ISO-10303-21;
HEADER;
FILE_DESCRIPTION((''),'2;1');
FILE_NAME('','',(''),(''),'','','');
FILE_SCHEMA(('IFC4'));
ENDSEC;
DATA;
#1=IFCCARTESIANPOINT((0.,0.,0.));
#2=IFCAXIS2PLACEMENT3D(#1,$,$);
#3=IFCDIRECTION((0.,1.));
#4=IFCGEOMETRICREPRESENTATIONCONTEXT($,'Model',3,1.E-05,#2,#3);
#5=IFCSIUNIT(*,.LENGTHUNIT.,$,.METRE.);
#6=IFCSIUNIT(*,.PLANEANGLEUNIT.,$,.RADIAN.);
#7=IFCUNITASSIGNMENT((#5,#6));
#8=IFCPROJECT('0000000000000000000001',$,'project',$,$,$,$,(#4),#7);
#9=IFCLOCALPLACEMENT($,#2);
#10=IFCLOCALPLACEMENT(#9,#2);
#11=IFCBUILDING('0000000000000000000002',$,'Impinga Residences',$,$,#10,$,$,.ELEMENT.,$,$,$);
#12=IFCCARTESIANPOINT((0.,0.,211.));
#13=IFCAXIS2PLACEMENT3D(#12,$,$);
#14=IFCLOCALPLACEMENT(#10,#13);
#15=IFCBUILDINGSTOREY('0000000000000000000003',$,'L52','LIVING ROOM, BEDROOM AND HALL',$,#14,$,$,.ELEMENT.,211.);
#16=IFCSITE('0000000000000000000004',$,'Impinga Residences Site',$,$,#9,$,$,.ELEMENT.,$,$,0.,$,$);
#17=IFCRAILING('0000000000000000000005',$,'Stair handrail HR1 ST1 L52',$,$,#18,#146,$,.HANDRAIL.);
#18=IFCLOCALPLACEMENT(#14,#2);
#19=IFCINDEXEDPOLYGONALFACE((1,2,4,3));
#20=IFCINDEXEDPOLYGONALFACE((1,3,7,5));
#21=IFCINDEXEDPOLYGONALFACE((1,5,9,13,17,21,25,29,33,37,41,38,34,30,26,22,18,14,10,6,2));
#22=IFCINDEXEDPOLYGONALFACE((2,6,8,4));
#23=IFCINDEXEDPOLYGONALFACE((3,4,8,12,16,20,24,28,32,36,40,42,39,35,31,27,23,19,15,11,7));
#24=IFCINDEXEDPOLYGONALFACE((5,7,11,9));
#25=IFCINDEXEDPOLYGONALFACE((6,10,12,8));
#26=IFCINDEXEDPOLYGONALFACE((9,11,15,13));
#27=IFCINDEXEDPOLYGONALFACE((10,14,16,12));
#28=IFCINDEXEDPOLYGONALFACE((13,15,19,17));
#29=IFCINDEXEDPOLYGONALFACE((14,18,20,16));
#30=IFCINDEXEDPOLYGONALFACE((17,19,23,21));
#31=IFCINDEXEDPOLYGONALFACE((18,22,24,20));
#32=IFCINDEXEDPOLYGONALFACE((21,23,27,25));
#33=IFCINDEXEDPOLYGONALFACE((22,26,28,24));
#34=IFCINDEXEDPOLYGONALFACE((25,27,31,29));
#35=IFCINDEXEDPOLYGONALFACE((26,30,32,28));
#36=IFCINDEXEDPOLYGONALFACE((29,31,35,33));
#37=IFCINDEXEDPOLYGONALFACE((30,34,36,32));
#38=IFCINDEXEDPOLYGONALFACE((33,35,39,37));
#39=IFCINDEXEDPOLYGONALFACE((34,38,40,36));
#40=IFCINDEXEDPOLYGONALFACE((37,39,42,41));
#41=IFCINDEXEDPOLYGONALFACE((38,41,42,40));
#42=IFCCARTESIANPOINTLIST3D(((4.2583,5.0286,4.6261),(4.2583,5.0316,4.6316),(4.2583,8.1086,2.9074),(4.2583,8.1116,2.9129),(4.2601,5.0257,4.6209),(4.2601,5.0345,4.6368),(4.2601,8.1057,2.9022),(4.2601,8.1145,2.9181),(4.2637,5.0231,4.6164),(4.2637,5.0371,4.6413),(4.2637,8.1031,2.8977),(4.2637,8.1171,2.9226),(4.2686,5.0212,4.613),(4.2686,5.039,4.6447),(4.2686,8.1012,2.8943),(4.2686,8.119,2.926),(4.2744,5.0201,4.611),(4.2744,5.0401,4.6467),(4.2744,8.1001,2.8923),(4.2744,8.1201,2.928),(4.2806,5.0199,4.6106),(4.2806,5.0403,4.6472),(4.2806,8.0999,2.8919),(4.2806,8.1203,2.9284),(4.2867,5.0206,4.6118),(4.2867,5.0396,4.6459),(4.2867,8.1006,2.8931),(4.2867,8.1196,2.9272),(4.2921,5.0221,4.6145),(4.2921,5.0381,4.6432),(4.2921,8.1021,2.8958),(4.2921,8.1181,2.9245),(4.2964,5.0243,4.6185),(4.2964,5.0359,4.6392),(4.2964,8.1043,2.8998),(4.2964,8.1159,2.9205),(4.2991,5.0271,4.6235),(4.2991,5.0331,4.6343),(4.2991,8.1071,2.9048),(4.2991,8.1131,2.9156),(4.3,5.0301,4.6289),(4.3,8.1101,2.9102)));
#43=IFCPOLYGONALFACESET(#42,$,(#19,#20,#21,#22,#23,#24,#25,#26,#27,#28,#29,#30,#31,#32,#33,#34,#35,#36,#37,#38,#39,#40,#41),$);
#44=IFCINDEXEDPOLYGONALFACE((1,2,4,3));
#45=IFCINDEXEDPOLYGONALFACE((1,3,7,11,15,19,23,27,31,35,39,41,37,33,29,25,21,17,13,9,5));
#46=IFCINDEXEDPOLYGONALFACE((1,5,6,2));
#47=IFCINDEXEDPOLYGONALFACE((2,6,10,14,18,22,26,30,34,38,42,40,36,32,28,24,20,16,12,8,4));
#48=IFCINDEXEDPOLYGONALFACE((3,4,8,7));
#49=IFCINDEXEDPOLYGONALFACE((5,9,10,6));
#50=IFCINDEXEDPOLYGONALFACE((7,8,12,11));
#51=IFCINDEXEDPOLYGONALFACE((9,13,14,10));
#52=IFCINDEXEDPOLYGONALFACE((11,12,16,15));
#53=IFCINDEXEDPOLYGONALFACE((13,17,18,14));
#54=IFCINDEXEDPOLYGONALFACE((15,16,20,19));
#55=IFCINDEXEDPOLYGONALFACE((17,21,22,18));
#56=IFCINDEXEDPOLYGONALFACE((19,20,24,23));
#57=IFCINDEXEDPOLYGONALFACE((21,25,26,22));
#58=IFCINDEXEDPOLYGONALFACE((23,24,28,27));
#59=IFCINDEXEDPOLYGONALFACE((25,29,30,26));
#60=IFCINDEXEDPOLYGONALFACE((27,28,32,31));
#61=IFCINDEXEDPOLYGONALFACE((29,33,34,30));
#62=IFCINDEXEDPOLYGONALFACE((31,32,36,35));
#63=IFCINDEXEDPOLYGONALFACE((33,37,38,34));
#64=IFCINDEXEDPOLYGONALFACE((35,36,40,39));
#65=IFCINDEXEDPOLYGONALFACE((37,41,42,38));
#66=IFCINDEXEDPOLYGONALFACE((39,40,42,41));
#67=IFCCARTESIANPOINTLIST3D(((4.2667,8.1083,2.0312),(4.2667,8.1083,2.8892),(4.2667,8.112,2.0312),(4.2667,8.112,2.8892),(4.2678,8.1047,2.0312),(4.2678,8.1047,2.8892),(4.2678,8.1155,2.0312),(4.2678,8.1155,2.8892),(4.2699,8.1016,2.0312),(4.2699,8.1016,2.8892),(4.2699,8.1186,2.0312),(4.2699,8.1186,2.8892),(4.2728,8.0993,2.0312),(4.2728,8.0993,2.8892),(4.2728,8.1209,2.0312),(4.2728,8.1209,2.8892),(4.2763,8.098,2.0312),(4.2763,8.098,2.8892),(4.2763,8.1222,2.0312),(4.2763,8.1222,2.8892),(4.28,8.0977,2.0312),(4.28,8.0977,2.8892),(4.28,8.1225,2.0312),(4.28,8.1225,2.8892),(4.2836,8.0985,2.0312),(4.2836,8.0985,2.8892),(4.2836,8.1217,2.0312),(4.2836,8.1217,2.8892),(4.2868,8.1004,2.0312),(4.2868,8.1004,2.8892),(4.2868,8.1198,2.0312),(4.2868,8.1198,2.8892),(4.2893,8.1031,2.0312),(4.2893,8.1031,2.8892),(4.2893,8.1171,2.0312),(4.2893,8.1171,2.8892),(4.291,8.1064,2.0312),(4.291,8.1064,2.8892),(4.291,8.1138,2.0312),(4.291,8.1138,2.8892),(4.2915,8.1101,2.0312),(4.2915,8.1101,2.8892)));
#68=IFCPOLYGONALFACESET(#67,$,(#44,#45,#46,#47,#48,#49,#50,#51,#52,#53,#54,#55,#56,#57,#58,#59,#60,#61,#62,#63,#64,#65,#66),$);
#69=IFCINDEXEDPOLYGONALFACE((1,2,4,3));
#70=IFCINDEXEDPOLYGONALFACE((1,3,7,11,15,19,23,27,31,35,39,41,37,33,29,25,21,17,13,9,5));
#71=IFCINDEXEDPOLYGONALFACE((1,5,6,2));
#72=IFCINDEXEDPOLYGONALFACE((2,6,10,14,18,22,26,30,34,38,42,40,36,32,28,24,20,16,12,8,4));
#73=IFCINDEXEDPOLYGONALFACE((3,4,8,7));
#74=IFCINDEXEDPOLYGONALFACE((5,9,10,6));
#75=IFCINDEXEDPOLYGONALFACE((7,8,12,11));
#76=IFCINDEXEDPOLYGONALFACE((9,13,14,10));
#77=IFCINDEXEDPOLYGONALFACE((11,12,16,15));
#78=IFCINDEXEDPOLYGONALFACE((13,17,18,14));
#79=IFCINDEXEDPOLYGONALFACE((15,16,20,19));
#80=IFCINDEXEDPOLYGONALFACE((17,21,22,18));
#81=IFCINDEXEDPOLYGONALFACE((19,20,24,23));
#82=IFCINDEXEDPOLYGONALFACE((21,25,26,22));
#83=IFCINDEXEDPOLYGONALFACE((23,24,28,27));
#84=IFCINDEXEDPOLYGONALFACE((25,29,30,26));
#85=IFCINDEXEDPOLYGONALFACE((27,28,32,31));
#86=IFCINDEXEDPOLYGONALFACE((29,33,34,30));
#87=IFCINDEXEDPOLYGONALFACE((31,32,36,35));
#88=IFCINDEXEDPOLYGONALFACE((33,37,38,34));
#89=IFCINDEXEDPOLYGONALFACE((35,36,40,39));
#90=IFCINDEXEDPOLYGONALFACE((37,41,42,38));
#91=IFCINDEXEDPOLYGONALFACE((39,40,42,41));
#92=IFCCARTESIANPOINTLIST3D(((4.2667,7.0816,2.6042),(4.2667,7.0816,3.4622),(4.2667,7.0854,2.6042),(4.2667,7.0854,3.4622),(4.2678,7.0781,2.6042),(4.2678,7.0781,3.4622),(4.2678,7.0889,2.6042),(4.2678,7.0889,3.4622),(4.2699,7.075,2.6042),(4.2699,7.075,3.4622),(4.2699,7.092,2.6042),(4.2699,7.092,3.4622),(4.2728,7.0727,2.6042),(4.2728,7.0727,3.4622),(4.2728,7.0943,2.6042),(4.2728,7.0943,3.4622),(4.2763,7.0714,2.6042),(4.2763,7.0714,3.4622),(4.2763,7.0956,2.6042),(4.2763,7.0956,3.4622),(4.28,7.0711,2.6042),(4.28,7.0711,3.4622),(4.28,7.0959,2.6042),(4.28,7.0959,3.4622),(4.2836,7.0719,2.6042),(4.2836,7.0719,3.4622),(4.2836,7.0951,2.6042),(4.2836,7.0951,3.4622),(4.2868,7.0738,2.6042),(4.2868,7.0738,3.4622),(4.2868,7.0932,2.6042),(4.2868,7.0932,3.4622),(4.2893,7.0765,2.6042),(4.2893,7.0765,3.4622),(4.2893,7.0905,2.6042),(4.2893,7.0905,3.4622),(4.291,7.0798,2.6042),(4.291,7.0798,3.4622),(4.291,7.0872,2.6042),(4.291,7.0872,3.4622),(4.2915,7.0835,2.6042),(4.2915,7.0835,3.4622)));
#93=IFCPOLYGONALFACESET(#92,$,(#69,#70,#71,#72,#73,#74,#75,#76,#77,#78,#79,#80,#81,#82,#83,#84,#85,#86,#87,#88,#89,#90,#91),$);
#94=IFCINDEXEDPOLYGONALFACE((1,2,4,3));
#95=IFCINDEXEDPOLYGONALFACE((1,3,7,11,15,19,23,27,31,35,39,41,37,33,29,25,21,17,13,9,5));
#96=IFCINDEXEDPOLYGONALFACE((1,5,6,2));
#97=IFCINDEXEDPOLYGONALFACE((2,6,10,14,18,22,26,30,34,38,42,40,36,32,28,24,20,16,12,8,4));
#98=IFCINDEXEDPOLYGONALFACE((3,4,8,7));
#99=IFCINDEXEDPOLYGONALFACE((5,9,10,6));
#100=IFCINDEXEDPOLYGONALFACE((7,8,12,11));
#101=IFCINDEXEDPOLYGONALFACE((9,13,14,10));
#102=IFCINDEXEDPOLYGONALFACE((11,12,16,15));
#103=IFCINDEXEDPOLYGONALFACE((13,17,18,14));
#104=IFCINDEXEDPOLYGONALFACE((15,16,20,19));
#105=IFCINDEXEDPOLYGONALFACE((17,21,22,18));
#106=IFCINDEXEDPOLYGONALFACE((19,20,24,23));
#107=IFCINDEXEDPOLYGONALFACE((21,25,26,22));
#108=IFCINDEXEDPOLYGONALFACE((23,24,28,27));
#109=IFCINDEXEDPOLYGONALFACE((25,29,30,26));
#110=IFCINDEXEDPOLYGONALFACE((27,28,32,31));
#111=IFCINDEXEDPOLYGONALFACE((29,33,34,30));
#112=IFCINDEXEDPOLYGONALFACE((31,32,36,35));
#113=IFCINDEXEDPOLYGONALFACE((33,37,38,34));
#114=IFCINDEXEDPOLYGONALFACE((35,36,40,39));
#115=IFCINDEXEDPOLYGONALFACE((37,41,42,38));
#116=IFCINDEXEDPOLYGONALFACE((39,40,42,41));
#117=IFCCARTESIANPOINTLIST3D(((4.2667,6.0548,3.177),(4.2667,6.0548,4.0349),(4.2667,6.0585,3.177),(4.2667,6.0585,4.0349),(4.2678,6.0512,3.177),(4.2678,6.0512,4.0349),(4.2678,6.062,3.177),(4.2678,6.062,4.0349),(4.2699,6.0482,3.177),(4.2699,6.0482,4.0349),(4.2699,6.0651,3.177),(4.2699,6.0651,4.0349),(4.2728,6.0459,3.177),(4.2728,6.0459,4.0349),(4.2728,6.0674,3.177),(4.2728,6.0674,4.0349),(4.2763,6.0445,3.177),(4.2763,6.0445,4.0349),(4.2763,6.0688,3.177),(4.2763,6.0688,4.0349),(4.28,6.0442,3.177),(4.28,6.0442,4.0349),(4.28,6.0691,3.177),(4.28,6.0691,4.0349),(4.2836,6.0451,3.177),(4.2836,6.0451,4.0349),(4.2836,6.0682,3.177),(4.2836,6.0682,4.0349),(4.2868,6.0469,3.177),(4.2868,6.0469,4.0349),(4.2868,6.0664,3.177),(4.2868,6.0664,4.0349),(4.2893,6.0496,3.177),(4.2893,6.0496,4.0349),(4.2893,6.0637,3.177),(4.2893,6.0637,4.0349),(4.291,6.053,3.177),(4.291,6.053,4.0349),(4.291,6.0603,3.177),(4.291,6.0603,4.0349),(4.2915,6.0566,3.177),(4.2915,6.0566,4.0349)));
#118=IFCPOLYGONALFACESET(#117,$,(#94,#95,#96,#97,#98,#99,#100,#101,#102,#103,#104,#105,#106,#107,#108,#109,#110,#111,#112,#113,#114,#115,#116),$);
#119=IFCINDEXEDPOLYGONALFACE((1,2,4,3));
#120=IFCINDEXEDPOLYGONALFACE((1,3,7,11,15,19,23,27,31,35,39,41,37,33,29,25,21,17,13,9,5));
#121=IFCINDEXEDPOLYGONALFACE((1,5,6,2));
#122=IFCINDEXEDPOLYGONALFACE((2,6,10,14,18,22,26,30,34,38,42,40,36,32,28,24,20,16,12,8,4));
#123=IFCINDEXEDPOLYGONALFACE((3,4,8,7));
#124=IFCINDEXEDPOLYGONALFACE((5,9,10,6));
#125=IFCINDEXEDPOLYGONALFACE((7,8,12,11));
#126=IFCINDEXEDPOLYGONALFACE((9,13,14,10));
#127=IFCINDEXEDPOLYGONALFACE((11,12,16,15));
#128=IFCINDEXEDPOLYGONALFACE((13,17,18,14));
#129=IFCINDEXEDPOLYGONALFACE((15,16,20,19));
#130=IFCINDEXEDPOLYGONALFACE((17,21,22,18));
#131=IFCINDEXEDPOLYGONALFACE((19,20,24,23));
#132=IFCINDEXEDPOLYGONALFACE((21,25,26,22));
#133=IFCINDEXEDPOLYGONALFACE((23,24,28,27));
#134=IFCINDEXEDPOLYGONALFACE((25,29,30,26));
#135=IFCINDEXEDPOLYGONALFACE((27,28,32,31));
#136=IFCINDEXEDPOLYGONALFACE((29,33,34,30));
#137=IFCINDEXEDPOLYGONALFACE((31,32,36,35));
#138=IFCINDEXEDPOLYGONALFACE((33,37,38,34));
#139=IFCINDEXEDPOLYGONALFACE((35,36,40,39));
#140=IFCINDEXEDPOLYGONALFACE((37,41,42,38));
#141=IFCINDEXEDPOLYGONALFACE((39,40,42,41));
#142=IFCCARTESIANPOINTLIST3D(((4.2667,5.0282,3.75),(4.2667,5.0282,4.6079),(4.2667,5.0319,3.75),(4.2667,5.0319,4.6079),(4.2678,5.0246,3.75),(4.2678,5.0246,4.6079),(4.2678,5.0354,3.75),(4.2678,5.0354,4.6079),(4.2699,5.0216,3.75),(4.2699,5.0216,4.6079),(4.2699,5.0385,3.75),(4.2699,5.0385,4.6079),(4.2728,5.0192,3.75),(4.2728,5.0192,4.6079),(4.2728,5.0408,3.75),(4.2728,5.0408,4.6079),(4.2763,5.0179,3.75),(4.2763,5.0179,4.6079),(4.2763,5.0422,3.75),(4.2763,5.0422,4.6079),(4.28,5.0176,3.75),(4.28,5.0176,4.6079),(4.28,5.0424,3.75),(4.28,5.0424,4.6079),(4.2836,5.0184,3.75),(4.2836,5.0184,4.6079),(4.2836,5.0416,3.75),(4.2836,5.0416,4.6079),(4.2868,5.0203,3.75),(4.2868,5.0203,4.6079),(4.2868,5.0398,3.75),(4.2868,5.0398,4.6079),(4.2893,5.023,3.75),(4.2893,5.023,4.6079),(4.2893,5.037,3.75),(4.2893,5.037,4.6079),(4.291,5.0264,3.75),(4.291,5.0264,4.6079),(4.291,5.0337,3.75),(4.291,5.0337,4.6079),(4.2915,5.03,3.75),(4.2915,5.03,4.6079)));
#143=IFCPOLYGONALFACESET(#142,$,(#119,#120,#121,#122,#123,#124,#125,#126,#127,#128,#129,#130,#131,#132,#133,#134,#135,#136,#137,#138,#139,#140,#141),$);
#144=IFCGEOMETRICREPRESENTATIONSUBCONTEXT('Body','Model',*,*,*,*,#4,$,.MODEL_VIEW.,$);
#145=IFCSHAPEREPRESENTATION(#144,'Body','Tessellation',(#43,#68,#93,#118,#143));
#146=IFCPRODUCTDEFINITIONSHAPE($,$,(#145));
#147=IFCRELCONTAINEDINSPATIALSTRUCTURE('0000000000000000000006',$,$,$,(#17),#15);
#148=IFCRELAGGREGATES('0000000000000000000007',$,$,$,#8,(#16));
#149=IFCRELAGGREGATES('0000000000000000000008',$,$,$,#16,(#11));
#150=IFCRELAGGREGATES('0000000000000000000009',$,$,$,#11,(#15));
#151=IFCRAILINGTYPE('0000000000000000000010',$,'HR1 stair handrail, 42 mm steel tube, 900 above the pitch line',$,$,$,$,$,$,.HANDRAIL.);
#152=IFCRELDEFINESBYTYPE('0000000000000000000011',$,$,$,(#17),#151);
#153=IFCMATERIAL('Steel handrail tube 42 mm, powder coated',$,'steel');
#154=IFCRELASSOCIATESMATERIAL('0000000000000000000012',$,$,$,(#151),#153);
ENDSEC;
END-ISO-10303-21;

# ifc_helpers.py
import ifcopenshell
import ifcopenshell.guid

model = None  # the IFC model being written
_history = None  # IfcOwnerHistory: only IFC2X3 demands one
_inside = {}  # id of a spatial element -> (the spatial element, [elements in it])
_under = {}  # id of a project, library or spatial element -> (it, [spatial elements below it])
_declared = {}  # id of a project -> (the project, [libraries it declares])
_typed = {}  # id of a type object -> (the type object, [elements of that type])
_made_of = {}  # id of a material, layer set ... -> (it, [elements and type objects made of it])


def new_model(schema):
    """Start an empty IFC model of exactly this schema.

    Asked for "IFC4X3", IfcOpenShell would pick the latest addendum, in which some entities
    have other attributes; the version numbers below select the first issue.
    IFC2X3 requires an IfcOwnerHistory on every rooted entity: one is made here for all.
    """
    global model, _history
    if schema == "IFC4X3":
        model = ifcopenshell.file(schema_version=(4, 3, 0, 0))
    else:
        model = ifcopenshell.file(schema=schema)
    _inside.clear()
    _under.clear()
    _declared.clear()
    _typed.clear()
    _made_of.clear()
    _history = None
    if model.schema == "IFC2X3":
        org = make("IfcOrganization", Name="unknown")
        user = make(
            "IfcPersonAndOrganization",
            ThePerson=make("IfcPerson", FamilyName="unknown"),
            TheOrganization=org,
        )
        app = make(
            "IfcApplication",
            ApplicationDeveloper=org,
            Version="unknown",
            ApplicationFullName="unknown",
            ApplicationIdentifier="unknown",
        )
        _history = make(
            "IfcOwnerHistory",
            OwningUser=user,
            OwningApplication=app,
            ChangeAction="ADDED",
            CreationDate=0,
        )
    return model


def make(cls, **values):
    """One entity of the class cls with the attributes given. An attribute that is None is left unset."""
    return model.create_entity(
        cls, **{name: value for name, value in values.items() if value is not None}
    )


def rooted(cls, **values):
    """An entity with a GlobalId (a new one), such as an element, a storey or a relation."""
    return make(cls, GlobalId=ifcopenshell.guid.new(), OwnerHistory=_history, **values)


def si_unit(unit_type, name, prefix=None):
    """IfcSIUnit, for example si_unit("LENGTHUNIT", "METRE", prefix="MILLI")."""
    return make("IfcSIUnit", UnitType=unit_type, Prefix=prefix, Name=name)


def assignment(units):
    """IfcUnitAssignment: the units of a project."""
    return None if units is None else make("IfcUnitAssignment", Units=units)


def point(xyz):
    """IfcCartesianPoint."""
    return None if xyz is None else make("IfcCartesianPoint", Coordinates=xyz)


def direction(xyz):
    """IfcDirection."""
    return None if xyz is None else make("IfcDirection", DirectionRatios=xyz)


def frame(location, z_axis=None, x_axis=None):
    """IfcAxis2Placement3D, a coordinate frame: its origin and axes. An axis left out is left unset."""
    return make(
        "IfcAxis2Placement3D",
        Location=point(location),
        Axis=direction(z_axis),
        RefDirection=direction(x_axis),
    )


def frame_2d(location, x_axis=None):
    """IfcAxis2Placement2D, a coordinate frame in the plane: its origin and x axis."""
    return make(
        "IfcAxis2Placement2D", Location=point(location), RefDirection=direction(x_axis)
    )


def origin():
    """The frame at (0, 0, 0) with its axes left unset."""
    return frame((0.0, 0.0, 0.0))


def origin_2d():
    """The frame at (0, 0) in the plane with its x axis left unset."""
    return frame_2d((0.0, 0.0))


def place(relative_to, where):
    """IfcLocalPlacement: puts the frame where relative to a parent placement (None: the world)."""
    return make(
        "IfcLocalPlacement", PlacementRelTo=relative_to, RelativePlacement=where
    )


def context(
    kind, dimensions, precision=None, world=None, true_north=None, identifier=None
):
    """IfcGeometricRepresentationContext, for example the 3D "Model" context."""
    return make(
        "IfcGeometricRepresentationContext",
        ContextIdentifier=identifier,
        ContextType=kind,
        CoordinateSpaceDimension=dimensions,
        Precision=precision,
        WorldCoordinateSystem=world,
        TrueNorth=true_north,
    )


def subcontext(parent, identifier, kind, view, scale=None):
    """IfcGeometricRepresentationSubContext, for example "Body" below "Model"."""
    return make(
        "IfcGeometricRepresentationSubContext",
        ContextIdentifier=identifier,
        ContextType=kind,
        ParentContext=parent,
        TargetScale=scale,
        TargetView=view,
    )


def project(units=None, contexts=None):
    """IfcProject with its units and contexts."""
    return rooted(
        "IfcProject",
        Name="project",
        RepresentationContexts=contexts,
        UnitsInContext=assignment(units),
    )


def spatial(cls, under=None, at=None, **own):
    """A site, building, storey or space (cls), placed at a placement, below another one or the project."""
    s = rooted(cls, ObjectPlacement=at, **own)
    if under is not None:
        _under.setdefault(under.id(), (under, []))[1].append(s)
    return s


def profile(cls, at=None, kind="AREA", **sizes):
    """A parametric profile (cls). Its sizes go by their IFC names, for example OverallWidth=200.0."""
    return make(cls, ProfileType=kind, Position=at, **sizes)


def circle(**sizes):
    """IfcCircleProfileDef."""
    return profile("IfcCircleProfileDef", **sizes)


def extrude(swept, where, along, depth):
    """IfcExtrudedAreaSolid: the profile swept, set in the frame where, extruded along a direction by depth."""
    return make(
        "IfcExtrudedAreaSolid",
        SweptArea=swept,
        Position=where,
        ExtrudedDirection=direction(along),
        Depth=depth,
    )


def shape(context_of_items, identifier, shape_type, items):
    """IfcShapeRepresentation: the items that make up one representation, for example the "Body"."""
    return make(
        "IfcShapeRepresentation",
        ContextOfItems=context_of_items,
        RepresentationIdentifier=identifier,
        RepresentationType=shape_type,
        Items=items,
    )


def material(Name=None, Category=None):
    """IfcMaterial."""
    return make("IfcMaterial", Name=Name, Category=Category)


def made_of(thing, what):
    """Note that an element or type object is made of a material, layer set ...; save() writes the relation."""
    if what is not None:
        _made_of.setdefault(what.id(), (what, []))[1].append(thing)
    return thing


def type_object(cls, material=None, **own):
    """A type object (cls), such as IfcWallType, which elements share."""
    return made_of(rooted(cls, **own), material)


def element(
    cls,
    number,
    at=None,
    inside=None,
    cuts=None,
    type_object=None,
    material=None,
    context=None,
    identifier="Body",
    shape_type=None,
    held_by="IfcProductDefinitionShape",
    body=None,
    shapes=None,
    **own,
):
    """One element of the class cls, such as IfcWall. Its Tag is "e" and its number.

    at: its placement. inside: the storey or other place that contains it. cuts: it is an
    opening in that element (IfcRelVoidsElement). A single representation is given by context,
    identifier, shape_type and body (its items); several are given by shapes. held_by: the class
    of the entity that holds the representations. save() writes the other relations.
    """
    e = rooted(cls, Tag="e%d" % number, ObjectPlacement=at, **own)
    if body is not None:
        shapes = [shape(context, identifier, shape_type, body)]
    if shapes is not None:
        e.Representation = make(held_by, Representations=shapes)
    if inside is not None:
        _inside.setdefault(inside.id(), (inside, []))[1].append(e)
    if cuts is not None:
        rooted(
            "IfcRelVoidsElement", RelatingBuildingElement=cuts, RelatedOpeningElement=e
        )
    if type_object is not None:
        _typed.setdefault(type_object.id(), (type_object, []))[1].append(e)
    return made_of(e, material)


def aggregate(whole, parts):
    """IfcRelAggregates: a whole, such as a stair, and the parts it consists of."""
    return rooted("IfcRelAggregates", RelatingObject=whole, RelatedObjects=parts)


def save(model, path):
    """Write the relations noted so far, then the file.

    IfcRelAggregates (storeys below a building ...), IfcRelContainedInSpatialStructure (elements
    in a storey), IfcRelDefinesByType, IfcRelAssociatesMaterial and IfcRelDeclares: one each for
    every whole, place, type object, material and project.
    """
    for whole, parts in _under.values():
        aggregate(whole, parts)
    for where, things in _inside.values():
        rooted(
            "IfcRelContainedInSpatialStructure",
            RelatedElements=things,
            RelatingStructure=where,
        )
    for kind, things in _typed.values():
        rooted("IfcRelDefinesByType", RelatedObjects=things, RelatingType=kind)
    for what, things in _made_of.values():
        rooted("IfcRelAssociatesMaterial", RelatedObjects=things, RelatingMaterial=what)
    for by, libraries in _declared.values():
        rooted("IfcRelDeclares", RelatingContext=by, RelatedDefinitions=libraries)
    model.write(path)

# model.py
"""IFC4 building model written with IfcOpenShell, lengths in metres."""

from ifc_helpers import new_model, si_unit, direction, frame, origin, origin_2d, place, context, subcontext, project, spatial, circle, extrude, material, type_object, element, save


model = new_model("IFC4")

# Units and contexts
model_context = context("Model", 3, precision=1e-05, world=origin(), true_north=direction((0.0, 1.0)))
body_context = subcontext(model_context, "Body", "Model", "MODEL_VIEW")
ifc_project = project(units=[si_unit("LENGTHUNIT", "METRE"), si_unit("PLANEANGLEUNIT", "RADIAN")], contexts=[model_context])

# Site, building, storey
site_placement = place(None, origin())
site = spatial("IfcSite", under=ifc_project, at=site_placement, Name="Impinga Residences Site", CompositionType="ELEMENT", RefElevation=0.0)
building_placement = place(site_placement, origin())
building = spatial("IfcBuilding", under=site, at=building_placement, Name="Impinga Residences", CompositionType="ELEMENT")
storey_placement = place(building_placement, frame((0.0, 0.0, 211.0)))
storey = spatial("IfcBuildingStorey", under=building, at=storey_placement, Name="L52", Description="LIVING ROOM, BEDROOM AND HALL", CompositionType="ELEMENT", Elevation=211.0)

# Railing
ifc_material_1 = material(Name="Steel handrail tube 42 mm, powder coated", Category="steel")
railing_type_1 = type_object("IfcRailingType", Name="HR1 stair handrail, 42 mm steel tube, 900 above the pitch line", PredefinedType="HANDRAIL", material=ifc_material_1)
railing_1_placement = place(storey_placement, frame((4.2791, 8.1101, 2.0312)))
element("IfcRailing", 1, at=railing_1_placement, inside=storey, type_object=railing_type_1, Name="Stair handrail HR1 ST1 L52", PredefinedType="HANDRAIL", context=body_context, shape_type="SweptSolid", body=[
    extrude(circle(Radius=0.021, at=origin_2d()), frame((0.0, 0.0, 0.8789), z_axis=(0.0, -0.873242, 0.487288), x_axis=(1.0, 0.0, 0.0)), (0.0, 0.0, 1.0), 3.5271),
    extrude(circle(Radius=0.0125, at=origin_2d()), origin(), (0.0, 0.0, 1.0), 0.8579),
    extrude(circle(Radius=0.0125, at=origin_2d()), frame((0.0, -1.0266, 0.573)), (0.0, 0.0, 1.0), 0.8579),
    extrude(circle(Radius=0.0125, at=origin_2d()), frame((0.0, -2.0535, 1.1458)), (0.0, 0.0, 1.0), 0.8579),
    extrude(circle(Radius=0.0125, at=origin_2d()), frame((0.0, -3.0801, 1.7188)), (0.0, 0.0, 1.0), 0.8579),
])

save(model, "model.ifc")
